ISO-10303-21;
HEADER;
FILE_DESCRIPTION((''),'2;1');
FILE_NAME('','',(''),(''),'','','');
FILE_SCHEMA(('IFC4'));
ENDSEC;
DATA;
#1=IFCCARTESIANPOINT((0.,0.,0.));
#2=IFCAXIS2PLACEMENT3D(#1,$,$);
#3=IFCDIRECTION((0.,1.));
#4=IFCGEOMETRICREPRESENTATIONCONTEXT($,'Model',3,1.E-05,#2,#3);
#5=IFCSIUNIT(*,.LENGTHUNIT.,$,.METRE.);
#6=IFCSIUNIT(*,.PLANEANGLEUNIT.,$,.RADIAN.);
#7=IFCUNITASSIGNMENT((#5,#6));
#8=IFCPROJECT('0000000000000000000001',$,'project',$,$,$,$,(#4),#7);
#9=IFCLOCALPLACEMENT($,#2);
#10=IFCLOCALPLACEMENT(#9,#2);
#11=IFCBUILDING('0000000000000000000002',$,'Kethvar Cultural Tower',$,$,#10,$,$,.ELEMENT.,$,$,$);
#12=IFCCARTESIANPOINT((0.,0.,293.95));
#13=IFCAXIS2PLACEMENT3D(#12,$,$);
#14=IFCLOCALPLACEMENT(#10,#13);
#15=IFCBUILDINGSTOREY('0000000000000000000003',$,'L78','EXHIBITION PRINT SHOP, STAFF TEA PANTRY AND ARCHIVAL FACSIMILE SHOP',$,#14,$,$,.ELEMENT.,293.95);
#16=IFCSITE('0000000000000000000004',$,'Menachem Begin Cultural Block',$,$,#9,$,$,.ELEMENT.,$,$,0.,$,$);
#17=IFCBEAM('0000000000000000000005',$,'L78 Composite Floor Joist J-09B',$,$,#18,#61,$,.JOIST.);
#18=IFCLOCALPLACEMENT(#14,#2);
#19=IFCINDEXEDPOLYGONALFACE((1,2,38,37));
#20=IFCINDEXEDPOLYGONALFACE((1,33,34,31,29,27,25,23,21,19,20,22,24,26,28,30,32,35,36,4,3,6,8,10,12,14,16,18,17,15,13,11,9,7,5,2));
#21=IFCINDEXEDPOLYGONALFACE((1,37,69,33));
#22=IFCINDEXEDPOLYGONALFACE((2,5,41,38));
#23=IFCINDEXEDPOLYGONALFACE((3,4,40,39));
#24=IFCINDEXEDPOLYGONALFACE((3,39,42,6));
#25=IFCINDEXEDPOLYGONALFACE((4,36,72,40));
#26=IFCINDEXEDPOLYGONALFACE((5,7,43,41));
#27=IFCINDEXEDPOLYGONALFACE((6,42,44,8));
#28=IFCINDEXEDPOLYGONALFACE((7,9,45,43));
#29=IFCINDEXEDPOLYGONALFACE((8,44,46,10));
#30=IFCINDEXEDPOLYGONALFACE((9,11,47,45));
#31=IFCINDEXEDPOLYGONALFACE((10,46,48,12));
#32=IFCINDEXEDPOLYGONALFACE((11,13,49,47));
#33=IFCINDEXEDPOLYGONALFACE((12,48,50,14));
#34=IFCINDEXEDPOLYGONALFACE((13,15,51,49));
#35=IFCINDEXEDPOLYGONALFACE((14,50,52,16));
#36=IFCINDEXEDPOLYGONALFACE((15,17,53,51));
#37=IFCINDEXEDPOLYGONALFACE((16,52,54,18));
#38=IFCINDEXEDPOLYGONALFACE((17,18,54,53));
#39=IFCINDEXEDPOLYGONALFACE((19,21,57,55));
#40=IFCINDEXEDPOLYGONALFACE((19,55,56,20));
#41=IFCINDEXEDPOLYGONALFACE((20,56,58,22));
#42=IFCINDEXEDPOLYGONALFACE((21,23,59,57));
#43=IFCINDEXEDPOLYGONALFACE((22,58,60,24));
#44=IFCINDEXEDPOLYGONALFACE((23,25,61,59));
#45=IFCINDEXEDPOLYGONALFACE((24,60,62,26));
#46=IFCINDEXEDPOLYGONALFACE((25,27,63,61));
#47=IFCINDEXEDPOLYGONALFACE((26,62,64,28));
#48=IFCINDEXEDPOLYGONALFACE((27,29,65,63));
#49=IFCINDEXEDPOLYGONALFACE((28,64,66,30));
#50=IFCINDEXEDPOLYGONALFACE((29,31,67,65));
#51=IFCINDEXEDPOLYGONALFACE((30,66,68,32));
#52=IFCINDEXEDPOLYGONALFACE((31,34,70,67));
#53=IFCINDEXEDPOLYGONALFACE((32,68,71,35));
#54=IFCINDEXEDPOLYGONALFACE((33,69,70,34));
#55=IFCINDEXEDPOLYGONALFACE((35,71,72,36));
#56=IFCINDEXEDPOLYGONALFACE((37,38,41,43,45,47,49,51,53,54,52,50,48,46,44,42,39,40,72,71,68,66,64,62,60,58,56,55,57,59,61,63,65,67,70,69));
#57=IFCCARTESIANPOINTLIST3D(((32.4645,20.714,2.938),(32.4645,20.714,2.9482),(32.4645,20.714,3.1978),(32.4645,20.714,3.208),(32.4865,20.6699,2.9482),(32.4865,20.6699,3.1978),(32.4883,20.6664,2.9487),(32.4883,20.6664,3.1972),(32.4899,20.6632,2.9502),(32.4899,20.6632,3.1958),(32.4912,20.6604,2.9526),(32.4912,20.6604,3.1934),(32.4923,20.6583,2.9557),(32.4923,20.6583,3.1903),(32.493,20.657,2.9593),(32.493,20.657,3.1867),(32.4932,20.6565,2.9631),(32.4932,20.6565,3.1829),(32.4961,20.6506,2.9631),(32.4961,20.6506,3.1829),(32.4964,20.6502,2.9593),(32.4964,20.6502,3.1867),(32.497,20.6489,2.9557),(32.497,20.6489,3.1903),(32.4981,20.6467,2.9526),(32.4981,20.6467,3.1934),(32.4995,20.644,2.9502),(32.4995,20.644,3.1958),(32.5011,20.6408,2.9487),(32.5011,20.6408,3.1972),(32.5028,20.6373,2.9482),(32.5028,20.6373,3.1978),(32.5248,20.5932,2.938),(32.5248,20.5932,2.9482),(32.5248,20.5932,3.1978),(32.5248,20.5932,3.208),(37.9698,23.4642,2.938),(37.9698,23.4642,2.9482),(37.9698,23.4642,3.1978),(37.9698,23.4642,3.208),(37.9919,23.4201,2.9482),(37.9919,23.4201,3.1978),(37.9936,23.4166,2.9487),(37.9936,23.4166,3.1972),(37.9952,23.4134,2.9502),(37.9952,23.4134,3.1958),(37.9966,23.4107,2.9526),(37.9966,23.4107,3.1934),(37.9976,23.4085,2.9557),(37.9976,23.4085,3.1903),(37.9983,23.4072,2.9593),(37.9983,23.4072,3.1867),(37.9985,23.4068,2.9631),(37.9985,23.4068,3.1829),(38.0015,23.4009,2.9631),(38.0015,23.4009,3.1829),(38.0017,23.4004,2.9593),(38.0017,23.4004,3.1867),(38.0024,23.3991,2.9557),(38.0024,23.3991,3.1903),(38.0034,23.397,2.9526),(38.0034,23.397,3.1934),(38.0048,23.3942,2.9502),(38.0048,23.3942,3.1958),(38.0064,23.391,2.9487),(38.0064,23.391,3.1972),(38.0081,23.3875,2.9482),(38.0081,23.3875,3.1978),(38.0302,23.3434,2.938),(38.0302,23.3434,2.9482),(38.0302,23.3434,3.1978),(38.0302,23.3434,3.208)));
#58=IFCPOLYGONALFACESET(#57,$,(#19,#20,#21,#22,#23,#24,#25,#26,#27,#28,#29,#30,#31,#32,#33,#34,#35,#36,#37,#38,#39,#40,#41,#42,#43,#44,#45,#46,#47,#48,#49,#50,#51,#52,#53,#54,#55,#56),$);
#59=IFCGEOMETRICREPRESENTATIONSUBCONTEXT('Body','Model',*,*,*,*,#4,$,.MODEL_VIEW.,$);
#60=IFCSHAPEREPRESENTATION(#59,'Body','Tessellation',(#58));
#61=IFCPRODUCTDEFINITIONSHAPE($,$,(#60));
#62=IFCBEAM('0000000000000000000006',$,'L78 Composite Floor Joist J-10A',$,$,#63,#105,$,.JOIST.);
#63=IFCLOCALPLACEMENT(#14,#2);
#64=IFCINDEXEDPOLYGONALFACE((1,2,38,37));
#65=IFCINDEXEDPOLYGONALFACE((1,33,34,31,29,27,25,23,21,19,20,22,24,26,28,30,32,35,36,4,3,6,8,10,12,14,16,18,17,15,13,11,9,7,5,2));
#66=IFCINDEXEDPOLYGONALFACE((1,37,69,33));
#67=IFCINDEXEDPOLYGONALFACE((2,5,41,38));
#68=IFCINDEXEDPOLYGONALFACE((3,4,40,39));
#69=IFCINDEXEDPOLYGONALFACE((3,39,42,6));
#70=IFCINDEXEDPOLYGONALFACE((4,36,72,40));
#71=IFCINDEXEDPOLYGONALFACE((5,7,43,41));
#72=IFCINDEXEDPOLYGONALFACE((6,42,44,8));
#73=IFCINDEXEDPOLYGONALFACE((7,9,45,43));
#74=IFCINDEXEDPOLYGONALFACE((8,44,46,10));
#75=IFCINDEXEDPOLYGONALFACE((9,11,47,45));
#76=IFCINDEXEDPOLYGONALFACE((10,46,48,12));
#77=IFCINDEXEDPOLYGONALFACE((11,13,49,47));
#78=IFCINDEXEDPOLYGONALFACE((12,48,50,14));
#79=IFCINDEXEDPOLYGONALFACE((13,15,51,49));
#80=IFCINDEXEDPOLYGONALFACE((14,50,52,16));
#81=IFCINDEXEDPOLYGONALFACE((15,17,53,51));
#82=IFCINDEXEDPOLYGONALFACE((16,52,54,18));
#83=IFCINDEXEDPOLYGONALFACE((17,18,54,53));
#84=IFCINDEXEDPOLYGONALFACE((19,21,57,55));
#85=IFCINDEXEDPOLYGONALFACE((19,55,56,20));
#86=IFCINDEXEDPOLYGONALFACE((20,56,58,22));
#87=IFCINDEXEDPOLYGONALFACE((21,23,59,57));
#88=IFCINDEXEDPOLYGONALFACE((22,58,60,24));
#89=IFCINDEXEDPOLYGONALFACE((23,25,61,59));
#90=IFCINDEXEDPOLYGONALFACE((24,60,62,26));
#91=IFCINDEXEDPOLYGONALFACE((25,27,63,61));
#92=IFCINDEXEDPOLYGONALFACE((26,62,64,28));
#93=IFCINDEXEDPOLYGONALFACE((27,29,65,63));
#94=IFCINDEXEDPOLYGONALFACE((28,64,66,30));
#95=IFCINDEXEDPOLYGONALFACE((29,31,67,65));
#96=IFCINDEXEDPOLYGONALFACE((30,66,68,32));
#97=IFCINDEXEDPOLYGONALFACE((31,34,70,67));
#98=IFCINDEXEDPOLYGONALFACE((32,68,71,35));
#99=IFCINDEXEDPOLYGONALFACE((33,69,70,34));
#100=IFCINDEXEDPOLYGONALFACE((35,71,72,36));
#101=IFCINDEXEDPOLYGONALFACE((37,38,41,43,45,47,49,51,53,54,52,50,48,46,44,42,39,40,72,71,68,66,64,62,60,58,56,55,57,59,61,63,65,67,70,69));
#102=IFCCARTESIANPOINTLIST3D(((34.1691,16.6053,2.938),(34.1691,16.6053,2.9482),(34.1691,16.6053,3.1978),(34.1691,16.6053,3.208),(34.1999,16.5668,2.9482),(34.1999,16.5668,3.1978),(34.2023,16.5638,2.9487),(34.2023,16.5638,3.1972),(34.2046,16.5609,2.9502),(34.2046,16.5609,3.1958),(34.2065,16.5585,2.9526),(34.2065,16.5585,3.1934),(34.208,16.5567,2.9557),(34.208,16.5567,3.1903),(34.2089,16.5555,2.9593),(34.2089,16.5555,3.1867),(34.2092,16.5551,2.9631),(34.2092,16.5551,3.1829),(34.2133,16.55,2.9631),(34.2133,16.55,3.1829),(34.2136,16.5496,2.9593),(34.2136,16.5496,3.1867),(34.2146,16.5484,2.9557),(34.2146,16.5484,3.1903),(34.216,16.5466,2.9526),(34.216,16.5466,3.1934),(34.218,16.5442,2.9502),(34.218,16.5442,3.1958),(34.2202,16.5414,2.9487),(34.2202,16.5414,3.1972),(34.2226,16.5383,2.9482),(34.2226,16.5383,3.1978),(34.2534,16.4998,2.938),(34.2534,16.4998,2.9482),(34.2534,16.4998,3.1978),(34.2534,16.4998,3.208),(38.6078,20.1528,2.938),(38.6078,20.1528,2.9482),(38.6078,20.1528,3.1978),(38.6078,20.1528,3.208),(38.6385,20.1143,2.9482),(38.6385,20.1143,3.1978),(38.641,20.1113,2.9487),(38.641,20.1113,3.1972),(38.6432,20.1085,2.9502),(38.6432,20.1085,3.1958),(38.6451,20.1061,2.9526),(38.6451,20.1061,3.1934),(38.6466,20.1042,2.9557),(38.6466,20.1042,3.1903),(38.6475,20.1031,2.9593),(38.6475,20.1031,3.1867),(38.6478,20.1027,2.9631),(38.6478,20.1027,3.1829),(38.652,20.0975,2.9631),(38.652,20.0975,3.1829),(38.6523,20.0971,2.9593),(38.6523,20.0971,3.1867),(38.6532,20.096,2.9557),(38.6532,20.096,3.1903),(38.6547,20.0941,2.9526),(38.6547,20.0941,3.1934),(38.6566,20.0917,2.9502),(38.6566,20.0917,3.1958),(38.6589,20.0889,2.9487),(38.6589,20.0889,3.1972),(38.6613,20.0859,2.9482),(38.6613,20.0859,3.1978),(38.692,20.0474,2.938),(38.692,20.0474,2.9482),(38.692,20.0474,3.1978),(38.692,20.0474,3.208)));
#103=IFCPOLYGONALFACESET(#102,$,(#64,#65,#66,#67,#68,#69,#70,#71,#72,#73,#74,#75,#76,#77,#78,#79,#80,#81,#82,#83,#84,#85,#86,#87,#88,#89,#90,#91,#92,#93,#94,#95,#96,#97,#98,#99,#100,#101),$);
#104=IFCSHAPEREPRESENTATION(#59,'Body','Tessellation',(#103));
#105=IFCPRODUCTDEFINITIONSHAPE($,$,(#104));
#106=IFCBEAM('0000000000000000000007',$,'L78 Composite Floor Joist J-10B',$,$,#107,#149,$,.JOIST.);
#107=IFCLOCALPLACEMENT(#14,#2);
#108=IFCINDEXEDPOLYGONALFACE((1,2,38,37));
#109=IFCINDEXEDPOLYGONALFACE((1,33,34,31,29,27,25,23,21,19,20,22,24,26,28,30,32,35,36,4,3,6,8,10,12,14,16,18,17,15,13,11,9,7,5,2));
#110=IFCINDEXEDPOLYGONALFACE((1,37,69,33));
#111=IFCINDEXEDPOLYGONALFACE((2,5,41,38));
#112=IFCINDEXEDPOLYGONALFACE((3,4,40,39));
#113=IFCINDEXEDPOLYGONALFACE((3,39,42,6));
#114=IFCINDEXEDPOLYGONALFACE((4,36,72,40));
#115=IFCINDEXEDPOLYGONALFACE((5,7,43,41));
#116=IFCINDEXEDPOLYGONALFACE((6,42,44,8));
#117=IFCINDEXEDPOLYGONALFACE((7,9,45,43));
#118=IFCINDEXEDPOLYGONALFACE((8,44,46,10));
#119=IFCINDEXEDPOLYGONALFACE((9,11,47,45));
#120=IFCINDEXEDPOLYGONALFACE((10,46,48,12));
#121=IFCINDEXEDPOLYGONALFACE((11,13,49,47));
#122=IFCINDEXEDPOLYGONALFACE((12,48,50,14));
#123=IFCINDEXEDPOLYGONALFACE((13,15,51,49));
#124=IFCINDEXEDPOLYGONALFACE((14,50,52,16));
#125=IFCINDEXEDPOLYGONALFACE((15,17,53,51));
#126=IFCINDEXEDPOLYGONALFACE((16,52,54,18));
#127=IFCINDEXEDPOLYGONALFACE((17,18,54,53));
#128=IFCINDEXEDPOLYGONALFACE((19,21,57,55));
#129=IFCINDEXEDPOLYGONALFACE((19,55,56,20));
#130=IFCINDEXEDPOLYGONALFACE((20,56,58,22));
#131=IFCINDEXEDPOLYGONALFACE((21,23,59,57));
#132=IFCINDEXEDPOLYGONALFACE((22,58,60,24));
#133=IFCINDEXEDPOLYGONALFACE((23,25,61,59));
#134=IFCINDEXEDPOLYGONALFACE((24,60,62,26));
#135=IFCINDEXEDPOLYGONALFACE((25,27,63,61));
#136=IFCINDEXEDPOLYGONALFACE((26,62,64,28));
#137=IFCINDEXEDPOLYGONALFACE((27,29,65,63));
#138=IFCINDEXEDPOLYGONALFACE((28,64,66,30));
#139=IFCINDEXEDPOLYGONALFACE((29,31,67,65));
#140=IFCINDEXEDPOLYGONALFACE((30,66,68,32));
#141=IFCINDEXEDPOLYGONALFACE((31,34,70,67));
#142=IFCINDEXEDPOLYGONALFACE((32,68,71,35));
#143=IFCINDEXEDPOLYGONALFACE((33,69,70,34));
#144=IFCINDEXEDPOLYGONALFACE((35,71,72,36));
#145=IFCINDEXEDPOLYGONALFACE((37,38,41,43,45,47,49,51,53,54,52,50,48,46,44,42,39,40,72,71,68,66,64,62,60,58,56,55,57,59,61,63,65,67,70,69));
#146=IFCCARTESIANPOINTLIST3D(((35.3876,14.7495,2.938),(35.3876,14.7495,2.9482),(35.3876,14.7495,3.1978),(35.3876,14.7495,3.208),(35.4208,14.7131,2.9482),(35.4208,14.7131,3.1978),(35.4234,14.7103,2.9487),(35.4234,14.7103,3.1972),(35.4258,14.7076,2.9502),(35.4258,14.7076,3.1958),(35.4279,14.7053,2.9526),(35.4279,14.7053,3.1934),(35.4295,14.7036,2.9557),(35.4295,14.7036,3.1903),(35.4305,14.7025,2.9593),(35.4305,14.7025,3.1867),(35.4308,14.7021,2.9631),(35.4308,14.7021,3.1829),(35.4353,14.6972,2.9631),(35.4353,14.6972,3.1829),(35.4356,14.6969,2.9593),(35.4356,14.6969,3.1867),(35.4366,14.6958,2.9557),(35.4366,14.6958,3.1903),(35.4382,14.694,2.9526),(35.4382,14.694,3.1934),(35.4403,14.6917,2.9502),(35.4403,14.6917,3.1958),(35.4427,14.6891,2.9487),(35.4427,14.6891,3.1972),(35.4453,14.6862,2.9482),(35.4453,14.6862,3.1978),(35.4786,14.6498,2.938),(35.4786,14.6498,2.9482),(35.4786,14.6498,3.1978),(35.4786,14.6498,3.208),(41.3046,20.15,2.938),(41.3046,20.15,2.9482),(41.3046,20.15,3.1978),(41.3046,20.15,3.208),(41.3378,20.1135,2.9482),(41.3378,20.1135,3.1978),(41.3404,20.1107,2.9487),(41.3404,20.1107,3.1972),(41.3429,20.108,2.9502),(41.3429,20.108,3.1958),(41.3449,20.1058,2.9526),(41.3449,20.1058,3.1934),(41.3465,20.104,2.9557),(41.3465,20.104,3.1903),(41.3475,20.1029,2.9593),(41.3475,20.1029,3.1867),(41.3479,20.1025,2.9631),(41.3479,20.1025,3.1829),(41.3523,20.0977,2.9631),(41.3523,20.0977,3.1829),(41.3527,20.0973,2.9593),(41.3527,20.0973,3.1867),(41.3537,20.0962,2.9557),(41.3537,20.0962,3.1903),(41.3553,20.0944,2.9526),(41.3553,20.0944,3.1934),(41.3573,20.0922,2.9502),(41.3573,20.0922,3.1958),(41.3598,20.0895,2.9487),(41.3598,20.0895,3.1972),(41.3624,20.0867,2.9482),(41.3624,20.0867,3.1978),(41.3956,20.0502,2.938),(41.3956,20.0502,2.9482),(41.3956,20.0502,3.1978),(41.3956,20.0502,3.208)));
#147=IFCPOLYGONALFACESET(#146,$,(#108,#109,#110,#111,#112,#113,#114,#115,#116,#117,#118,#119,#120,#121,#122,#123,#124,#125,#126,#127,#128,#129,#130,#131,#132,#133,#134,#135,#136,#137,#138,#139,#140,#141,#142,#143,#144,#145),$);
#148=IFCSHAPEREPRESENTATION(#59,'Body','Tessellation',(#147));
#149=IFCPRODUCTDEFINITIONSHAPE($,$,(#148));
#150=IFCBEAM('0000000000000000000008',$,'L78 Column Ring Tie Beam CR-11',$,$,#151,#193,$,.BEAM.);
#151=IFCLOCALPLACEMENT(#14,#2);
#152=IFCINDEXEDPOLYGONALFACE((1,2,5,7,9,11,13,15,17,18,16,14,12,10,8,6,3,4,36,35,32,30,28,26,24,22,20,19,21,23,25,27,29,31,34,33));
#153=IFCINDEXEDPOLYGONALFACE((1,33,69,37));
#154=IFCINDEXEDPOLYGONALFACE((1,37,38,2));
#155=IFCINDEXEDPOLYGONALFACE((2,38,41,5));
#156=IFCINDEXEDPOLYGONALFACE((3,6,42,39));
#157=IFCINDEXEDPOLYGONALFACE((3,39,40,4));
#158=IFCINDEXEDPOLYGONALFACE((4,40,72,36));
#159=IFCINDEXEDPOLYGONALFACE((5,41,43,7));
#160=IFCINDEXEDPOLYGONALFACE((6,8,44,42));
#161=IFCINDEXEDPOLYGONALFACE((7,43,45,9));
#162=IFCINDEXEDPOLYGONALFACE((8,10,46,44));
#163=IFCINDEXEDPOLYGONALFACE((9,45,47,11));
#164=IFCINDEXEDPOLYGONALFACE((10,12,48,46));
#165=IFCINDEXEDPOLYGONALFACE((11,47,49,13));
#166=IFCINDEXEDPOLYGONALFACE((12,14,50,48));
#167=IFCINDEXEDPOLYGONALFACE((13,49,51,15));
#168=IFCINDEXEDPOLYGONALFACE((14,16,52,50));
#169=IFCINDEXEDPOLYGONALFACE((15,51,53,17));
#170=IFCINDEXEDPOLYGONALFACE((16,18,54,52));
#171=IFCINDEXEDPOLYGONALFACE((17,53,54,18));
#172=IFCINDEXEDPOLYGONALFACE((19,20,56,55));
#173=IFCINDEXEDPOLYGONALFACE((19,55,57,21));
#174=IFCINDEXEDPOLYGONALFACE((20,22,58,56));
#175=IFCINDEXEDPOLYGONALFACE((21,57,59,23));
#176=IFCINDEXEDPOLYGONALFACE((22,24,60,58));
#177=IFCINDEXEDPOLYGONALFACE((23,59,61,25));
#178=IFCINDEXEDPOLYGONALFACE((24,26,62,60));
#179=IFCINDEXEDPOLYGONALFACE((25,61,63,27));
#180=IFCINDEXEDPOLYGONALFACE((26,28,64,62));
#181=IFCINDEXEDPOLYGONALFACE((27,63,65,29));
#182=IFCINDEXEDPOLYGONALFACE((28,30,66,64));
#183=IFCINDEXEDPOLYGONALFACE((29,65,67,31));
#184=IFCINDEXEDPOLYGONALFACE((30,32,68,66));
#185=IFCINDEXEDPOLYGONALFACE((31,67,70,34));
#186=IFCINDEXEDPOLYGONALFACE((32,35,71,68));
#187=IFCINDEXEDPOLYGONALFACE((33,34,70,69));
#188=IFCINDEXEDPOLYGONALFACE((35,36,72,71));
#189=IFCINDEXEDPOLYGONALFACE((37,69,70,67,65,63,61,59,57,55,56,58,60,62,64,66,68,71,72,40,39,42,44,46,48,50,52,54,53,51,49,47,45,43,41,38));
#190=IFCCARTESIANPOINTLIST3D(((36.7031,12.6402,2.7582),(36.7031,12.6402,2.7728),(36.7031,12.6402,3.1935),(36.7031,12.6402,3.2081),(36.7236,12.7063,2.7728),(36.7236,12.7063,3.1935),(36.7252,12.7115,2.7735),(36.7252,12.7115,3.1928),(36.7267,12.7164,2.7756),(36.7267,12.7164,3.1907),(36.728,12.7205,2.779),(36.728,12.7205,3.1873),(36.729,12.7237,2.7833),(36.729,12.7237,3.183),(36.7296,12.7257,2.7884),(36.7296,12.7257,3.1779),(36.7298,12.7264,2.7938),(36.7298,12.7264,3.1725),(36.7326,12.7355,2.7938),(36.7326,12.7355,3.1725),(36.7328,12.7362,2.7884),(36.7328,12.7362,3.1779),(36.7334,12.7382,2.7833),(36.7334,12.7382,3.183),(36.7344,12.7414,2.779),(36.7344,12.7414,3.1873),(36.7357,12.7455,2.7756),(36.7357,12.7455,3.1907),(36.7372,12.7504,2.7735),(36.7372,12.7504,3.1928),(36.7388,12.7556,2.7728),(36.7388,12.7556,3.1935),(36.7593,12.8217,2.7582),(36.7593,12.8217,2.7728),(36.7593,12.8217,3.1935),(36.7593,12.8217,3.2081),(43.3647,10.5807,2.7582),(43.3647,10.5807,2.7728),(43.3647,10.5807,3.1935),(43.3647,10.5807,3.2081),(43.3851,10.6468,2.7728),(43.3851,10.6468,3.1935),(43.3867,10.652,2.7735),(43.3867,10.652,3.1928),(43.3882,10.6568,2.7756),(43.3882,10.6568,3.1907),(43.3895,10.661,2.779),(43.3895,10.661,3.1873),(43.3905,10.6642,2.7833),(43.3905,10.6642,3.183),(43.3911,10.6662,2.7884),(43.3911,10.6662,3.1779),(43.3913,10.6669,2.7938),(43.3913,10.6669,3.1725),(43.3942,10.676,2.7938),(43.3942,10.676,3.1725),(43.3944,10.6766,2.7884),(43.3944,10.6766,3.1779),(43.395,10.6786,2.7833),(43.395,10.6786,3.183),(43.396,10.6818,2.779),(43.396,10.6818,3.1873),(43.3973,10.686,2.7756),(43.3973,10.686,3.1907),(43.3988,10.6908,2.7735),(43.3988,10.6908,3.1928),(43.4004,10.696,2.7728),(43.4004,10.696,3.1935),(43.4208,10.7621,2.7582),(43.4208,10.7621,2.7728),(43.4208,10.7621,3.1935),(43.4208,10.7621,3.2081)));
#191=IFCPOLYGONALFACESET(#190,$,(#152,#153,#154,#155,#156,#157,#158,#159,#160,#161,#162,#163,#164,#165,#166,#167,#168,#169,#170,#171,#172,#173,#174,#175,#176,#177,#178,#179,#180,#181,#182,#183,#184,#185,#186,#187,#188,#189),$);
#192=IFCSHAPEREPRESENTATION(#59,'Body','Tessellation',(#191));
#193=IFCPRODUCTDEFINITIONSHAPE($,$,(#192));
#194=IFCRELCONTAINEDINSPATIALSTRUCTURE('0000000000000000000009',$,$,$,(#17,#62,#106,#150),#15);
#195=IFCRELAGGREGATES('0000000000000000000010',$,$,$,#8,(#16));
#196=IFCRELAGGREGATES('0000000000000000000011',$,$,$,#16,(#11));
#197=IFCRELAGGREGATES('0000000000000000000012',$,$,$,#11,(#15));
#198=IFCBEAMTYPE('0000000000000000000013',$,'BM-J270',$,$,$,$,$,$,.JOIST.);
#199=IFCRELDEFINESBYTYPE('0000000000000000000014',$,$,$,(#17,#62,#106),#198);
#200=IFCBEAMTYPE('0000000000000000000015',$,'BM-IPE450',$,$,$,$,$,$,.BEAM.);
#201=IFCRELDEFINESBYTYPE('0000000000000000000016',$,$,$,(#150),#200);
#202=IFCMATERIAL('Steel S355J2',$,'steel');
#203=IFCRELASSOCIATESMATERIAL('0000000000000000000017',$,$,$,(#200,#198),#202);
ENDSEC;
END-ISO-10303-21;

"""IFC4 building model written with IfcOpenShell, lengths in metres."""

from ifc_helpers import new_model, si_unit, direction, frame, origin, origin_2d, place, context, subcontext, project, spatial, i_section, extrude, source, transform, mapped, material, material_profile, profile_set, type_object, element, save


model = new_model("IFC4")

# Units and contexts
model_context = context("Model", 3, precision=1e-05, world=origin(), true_north=direction((0.0, 1.0)))
body_context = subcontext(model_context, "Body", "Model", "MODEL_VIEW")
ifc_project = project(units=[si_unit("LENGTHUNIT", "METRE"), si_unit("PLANEANGLEUNIT", "RADIAN")], contexts=[model_context])

# Site, building, storey
site_placement = place(None, origin())
site = spatial("IfcSite", under=ifc_project, at=site_placement, Name="Menachem Begin Cultural Block", CompositionType="ELEMENT", RefElevation=0.0)
building_placement = place(site_placement, origin())
building = spatial("IfcBuilding", under=site, at=building_placement, Name="Kethvar Cultural Tower", CompositionType="ELEMENT")
storey_placement = place(building_placement, frame((0.0, 0.0, 293.95)))
storey = spatial("IfcBuildingStorey", under=building, at=storey_placement, Name="L78", Description="EXHIBITION PRINT SHOP, STAFF TEA PANTRY AND ARCHIVAL FACSIMILE SHOP", CompositionType="ELEMENT", Elevation=293.95)

# Beams
ifc_material_1 = material(Name="Steel S355J2", Category="steel")
ifc_material_profile_1 = material_profile(ifc_material_1, i_section(OverallWidth=0.1899, OverallDepth=0.45, WebThickness=0.0095, FlangeThickness=0.0146, FilletRadius=0.021, at=origin_2d()), Name="Steel S355J2 — IPE450")
ifc_profile_set_1 = profile_set([ifc_material_profile_1], Name="Steel S355J2 — IPE450")
beam_type_1 = type_object("IfcBeamType", Name="BM-IPE450", PredefinedType="BEAM", material=ifc_profile_set_1)
ifc_material_profile_2 = material_profile(ifc_material_1, i_section(OverallWidth=0.135, OverallDepth=0.27, WebThickness=0.0066, FlangeThickness=0.0103, FilletRadius=0.0149, at=origin_2d()), Name="Steel S355J2 — IPE270")
ifc_profile_set_2 = profile_set([ifc_material_profile_2], Name="Steel S355J2 — IPE270")
beam_type_2 = type_object("IfcBeamType", Name="BM-J270", PredefinedType="JOIST", material=ifc_profile_set_2)
shared_shape_1 = source(origin(), body_context, "Body", "SweptSolid", [
    extrude(i_section(OverallWidth=0.135, OverallDepth=0.27, WebThickness=0.0066, FlangeThickness=0.0103, FilletRadius=0.0149, at=origin_2d()), origin(), (0.0, 0.0, 1.0), 6.1541),
])
beam_1_placement = place(storey_placement, frame((38.0, 23.4038, 3.073), z_axis=(-0.894586, -0.446896, 0.0), x_axis=(0.446896, -0.894586, 0.0)))
element("IfcBeam", 1, at=beam_1_placement, inside=storey, type_object=beam_type_2, Name="L78 Composite Floor Joist J-09B", PredefinedType="JOIST", context=body_context, shape_type="MappedRepresentation", body=[
    mapped(shared_shape_1, transform((0.0, 0.0, 0.0), scale=1.0)),
])
shared_shape_2 = source(origin(), body_context, "Body", "SweptSolid", [
    extrude(i_section(OverallWidth=0.135, OverallDepth=0.27, WebThickness=0.0066, FlangeThickness=0.0103, FilletRadius=0.0149, at=origin_2d()), origin(), (0.0, 0.0, 1.0), 5.6821),
])
beam_2_placement = place(storey_placement, frame((38.6499, 20.1001, 3.073), z_axis=(-0.781158, -0.624333, 0.0), x_axis=(0.624333, -0.781158, 0.0)))
element("IfcBeam", 2, at=beam_2_placement, inside=storey, type_object=beam_type_2, Name="L78 Composite Floor Joist J-10A", PredefinedType="JOIST", context=body_context, shape_type="MappedRepresentation", body=[
    mapped(shared_shape_2, transform((0.0, 0.0, 0.0), scale=1.0)),
])
shared_shape_3 = source(origin(), body_context, "Body", "SweptSolid", [
    extrude(i_section(OverallWidth=0.135, OverallDepth=0.27, WebThickness=0.0066, FlangeThickness=0.0103, FilletRadius=0.0149, at=origin_2d()), origin(), (0.0, 0.0, 1.0), 8.011),
])
beam_3_placement = place(storey_placement, frame((41.3501, 20.1001, 3.073), z_axis=(-0.738615, -0.674128, 0.0), x_axis=(0.674128, -0.738615, 0.0)))
element("IfcBeam", 3, at=beam_3_placement, inside=storey, type_object=beam_type_2, Name="L78 Composite Floor Joist J-10B", PredefinedType="JOIST", context=body_context, shape_type="MappedRepresentation", body=[
    mapped(shared_shape_3, transform((0.0, 0.0, 0.0), scale=1.0)),
])
shared_shape_4 = source(origin(), body_context, "Body", "SweptSolid", [
    extrude(i_section(OverallWidth=0.1899, OverallDepth=0.45, WebThickness=0.0095, FlangeThickness=0.0146, FilletRadius=0.021, at=origin_2d()), origin(), (0.0, 0.0, 1.0), 6.9727),
])
beam_4_placement = place(storey_placement, frame((36.7312, 12.731, 2.9832), z_axis=(0.955381, -0.295375, 0.0), x_axis=(0.295375, 0.955381, 0.0)))
element("IfcBeam", 4, at=beam_4_placement, inside=storey, type_object=beam_type_1, Name="L78 Column Ring Tie Beam CR-11", PredefinedType="BEAM", context=body_context, shape_type="MappedRepresentation", body=[
    mapped(shared_shape_4, transform((0.0, 0.0, 0.0), scale=1.0)),
])

save(model, "model.ifc")
